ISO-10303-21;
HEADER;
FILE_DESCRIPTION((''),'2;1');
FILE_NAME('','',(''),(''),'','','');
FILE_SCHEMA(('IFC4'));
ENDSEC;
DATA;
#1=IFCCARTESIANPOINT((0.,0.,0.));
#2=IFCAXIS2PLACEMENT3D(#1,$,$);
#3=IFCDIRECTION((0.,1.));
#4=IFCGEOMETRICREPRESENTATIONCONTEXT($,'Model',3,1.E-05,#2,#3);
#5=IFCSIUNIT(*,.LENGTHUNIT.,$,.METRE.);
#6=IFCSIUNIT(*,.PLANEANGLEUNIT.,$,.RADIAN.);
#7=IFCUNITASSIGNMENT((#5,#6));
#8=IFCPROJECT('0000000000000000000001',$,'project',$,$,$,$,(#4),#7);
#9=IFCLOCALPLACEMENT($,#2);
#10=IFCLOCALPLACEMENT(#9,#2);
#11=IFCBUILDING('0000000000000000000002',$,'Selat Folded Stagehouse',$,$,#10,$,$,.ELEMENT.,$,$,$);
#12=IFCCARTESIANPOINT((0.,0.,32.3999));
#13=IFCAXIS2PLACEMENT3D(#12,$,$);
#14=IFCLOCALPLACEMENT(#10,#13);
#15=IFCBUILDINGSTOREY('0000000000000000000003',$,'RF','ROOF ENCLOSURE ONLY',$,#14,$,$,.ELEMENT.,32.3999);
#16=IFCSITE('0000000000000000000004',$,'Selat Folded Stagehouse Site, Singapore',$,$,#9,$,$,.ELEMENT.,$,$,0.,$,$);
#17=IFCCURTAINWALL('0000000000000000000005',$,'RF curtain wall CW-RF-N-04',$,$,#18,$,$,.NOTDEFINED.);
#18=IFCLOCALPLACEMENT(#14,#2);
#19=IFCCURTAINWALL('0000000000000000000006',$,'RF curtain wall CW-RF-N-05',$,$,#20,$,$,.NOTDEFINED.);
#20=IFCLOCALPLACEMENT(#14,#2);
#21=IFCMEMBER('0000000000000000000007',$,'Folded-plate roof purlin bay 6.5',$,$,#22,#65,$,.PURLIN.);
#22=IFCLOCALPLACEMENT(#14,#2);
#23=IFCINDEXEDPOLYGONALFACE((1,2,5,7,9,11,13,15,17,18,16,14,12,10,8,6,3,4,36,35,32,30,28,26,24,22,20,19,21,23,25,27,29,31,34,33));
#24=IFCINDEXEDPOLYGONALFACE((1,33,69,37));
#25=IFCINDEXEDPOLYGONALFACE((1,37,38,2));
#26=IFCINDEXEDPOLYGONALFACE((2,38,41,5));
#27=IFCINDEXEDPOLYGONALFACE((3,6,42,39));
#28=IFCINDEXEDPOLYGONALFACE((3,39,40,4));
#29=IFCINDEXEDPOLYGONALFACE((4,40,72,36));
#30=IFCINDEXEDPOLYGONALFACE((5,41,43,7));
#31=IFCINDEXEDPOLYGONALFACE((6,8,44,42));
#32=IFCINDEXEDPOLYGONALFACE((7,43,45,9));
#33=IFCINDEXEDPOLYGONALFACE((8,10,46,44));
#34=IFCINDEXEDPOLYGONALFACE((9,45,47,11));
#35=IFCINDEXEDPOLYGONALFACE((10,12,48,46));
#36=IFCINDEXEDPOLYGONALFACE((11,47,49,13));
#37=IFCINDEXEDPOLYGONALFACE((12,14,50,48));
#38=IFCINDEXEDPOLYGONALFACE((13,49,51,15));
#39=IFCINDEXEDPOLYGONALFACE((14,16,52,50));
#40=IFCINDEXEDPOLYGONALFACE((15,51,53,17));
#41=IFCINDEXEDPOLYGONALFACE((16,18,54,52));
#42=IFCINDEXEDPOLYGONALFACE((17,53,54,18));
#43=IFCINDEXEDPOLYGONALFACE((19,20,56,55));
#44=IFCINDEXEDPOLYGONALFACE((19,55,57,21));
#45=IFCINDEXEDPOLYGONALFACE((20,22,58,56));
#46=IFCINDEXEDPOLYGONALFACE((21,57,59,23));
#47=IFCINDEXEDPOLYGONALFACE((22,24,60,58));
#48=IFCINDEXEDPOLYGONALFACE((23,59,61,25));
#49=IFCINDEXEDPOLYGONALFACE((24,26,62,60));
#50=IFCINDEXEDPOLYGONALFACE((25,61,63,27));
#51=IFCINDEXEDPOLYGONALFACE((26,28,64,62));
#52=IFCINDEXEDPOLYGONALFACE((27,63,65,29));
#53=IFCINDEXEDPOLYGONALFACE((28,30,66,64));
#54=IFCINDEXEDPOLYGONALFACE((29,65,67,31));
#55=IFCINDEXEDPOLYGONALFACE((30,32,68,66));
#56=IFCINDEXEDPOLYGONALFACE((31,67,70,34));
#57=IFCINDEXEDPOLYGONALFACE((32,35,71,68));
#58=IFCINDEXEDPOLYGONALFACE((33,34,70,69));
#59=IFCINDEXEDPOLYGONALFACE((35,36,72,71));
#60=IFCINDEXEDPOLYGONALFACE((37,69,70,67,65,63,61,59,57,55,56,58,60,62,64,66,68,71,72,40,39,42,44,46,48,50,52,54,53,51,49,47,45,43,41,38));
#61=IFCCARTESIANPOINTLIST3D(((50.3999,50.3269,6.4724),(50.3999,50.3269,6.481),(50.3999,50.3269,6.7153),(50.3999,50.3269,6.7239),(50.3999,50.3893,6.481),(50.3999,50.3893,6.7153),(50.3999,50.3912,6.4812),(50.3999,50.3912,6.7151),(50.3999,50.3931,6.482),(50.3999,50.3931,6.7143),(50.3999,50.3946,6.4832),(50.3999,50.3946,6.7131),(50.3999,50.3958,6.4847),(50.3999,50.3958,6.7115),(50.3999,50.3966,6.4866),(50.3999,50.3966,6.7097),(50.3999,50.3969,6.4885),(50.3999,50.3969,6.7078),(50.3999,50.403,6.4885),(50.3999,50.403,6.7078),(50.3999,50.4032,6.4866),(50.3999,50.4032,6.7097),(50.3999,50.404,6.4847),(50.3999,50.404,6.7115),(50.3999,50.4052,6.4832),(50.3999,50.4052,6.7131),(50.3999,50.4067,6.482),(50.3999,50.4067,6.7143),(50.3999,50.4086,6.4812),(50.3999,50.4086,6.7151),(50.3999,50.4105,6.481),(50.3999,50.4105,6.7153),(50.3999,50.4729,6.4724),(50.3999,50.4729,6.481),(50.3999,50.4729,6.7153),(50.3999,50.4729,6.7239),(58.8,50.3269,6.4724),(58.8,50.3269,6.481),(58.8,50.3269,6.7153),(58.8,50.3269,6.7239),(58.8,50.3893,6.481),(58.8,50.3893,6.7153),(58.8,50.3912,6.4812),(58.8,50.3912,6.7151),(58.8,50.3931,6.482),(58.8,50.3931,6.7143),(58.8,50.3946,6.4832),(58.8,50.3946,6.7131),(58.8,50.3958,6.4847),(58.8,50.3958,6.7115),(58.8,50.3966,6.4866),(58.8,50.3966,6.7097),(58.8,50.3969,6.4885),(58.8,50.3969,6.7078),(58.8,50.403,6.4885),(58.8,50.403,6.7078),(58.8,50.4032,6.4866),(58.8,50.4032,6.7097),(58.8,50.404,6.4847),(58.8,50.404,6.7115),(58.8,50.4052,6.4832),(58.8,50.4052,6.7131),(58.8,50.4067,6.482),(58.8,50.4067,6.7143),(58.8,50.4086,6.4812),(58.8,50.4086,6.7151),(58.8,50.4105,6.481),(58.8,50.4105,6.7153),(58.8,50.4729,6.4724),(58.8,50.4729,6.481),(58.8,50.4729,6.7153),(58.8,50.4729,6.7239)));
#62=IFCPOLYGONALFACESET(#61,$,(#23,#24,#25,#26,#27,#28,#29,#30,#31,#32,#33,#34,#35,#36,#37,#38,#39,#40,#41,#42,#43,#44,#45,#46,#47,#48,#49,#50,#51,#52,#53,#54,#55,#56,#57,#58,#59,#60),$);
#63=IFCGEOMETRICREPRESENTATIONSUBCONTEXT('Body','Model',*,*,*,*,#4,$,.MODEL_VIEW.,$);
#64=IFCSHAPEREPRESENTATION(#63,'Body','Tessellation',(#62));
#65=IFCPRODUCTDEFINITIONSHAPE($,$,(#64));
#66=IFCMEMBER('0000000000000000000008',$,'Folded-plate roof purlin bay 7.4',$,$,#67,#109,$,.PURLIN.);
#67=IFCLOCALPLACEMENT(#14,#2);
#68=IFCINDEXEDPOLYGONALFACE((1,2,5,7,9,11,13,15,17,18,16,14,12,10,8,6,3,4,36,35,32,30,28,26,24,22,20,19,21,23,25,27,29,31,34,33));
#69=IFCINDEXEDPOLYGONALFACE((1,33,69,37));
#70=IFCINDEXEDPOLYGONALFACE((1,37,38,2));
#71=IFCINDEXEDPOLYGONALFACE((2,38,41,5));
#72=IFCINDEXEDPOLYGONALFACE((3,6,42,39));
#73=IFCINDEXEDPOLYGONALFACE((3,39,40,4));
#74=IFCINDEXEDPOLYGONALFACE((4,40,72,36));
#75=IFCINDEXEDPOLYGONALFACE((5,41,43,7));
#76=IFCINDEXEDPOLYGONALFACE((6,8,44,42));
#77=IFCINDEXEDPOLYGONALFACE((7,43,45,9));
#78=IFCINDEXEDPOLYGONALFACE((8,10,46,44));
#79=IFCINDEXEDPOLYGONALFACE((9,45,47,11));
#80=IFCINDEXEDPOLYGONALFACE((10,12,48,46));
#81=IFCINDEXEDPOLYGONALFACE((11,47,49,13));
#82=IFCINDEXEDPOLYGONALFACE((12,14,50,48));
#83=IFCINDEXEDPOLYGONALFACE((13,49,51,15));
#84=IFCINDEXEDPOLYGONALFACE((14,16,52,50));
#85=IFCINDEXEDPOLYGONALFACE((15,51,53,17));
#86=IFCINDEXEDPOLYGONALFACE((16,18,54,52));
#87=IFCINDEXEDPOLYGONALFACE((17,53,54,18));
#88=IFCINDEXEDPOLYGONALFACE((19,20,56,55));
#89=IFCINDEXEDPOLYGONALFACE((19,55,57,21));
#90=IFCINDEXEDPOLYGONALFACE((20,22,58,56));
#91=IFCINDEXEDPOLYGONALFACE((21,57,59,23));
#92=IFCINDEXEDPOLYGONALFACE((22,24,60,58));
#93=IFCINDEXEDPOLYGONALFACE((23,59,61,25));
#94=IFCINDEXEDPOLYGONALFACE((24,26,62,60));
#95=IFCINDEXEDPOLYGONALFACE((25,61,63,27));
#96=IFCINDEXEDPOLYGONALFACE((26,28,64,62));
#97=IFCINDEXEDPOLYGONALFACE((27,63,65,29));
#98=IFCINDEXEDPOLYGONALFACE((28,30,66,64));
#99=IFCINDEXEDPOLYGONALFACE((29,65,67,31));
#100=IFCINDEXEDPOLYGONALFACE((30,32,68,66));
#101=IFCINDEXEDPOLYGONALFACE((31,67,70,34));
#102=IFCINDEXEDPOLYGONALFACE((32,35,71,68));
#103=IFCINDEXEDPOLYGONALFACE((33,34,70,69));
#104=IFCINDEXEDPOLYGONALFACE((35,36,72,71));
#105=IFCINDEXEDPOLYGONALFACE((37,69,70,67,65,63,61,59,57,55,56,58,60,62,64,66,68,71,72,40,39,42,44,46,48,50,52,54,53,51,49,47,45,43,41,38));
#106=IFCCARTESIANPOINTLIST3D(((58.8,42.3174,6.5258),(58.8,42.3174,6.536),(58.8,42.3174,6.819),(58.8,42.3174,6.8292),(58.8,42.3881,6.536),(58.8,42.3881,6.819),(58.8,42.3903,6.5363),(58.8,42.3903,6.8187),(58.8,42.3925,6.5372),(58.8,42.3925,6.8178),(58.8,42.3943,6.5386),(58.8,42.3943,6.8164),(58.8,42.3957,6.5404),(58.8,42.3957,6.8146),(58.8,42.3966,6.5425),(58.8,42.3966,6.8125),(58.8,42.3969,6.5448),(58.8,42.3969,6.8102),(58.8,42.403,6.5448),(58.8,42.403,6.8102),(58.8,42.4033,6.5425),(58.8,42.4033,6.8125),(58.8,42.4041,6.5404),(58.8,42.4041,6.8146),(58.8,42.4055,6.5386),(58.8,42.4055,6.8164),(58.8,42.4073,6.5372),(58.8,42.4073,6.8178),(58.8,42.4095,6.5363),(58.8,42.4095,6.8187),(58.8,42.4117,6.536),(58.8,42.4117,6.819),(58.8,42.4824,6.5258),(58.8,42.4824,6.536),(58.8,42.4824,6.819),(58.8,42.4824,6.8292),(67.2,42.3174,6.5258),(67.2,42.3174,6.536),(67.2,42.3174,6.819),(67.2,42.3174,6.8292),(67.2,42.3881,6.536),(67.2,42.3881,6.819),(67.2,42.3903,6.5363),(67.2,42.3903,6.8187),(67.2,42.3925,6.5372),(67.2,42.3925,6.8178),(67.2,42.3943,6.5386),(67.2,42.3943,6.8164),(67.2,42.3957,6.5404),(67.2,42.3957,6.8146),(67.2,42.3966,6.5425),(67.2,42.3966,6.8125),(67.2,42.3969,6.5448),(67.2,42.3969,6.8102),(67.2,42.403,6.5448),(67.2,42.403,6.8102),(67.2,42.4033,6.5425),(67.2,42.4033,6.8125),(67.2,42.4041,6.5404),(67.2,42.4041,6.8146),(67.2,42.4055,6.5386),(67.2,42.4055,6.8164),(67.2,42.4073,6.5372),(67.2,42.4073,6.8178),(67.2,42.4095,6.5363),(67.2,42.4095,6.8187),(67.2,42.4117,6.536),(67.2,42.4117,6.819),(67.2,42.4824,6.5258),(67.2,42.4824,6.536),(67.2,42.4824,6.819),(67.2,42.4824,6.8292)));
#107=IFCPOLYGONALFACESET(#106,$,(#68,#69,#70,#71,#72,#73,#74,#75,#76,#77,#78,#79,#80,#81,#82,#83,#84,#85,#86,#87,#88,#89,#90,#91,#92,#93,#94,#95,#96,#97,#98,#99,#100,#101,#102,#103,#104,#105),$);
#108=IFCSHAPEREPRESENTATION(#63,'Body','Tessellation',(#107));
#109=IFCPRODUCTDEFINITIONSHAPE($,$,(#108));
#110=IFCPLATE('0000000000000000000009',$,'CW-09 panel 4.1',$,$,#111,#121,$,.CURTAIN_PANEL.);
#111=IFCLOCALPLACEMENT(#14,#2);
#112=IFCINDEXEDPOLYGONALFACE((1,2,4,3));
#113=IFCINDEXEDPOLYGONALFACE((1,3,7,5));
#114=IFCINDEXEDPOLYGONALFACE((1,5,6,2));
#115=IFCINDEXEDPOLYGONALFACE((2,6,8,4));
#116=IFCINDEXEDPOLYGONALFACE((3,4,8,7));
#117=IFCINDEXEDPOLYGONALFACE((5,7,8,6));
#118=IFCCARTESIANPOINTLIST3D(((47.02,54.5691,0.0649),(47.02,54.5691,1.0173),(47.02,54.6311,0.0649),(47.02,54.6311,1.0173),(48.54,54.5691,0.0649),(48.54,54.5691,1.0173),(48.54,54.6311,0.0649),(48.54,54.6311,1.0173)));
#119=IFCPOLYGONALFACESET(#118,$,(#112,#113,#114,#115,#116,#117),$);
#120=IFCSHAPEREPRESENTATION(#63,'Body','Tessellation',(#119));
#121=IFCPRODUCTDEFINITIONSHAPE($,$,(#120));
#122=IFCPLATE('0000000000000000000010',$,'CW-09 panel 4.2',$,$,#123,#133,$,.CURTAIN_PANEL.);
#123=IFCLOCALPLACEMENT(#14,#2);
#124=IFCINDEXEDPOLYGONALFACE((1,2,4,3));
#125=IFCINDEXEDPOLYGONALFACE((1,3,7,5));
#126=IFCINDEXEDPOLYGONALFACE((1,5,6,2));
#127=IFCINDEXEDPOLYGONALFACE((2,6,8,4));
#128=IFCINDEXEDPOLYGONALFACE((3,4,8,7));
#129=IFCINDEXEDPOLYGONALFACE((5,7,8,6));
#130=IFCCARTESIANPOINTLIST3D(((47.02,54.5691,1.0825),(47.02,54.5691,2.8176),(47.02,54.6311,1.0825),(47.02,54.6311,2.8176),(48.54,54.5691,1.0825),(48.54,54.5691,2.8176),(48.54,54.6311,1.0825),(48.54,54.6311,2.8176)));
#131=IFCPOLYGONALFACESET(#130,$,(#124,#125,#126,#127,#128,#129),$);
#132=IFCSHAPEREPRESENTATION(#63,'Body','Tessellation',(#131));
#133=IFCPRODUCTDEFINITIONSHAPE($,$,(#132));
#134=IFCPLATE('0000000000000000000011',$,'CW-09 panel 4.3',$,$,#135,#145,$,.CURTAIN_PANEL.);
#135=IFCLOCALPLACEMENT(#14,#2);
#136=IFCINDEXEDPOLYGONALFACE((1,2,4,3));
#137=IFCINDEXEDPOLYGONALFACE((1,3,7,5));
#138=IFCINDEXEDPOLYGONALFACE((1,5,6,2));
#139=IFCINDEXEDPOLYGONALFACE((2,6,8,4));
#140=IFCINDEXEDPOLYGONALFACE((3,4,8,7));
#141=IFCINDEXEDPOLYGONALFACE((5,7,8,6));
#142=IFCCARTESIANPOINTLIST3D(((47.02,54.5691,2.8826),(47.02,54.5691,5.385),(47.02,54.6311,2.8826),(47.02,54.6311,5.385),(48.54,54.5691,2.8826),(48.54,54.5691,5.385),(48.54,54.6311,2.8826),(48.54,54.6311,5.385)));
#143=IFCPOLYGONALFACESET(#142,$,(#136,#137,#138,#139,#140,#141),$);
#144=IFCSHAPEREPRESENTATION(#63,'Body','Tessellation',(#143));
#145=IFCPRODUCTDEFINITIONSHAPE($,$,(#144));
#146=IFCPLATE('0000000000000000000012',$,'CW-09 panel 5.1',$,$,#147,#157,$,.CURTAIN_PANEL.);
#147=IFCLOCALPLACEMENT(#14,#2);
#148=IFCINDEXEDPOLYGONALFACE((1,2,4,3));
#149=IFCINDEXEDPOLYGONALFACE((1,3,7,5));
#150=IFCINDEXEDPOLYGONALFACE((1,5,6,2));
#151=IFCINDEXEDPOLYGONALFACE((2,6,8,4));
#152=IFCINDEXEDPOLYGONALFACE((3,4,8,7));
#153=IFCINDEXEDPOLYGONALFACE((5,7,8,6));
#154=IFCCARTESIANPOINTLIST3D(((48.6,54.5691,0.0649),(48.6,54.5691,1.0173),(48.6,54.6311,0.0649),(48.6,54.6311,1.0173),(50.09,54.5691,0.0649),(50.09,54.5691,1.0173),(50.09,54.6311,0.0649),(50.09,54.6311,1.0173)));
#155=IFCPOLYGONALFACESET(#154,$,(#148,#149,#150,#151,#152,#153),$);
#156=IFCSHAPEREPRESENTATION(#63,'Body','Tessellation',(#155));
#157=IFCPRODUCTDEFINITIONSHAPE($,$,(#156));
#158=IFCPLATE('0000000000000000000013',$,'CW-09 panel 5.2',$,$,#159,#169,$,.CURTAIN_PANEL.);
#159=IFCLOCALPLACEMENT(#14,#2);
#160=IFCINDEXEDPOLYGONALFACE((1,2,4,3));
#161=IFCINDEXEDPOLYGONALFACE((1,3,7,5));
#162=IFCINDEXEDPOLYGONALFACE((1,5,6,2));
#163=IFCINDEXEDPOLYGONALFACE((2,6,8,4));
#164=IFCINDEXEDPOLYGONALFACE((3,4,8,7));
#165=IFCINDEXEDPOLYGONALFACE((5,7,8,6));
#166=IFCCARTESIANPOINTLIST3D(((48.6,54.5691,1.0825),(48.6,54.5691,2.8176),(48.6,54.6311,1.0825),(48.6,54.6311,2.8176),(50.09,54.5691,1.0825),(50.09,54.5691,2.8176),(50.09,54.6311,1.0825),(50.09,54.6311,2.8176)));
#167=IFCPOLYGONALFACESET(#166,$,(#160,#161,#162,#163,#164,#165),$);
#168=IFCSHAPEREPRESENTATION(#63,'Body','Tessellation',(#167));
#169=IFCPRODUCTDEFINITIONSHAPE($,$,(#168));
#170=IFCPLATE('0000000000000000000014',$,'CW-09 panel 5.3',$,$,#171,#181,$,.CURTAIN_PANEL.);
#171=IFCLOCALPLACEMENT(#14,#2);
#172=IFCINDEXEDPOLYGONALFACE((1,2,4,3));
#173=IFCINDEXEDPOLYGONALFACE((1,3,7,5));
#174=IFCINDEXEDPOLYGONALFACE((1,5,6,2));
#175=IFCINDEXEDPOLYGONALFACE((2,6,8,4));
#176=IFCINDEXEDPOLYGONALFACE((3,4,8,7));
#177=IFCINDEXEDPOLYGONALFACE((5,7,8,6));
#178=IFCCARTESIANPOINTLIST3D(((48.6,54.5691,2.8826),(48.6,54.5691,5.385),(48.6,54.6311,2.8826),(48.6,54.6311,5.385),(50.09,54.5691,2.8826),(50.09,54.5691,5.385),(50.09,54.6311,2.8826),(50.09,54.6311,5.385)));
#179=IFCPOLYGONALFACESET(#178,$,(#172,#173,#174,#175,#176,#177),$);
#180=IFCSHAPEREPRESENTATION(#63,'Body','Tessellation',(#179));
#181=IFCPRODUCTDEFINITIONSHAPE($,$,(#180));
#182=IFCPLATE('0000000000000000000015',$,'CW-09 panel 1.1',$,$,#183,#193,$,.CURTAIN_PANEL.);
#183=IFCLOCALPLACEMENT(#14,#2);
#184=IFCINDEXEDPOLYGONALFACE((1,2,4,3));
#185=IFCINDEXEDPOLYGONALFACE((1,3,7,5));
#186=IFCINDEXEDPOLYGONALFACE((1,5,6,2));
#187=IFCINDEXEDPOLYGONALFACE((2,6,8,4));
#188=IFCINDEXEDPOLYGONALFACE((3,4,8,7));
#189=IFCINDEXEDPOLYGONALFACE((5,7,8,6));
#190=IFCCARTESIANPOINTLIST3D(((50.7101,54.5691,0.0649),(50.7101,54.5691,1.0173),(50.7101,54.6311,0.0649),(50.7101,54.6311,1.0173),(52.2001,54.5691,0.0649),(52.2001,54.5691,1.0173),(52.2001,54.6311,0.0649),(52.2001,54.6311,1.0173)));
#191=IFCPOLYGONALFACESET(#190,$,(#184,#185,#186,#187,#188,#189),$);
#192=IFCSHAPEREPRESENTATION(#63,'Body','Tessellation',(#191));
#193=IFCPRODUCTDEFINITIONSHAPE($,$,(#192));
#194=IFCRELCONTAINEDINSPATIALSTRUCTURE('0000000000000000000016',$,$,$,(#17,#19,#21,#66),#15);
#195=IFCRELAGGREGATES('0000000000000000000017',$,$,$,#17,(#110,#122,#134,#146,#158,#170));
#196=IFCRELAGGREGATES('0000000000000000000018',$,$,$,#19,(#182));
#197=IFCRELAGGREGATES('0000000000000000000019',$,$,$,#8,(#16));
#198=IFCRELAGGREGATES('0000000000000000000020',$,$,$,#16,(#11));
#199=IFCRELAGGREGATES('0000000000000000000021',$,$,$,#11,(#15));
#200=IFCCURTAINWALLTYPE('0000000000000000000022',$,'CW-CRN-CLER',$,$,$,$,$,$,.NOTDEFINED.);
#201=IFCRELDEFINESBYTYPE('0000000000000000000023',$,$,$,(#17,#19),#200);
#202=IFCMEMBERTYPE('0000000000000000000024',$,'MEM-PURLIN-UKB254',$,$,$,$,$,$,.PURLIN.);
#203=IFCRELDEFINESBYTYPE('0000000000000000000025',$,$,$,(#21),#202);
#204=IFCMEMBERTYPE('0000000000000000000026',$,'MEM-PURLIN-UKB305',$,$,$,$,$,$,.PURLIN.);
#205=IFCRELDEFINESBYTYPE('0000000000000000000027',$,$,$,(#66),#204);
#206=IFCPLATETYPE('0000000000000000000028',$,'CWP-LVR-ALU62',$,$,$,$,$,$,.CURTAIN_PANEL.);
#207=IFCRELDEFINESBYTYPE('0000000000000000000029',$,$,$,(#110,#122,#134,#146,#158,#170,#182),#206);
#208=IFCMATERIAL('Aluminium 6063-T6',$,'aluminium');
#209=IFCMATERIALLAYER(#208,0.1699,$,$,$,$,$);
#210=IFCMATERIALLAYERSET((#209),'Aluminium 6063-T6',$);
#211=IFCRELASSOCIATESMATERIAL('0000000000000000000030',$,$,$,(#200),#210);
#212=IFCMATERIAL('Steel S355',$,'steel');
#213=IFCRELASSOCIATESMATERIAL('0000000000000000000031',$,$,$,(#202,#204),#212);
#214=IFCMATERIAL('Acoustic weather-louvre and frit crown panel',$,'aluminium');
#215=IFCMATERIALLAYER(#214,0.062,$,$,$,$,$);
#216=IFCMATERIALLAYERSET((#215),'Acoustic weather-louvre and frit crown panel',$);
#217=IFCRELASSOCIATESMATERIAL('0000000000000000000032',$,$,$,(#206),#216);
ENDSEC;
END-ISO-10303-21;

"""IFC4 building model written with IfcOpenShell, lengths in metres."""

from ifc_helpers import new_model, si_unit, direction, frame, origin, origin_2d, place, context, subcontext, project, spatial, rectangle, i_section, extrude, material, layer, layer_set, material_profile, profile_set, type_object, element, aggregate, save


model = new_model("IFC4")

# Units and contexts
model_context = context("Model", 3, precision=1e-05, world=origin(), true_north=direction((0.0, 1.0)))
body_context = subcontext(model_context, "Body", "Model", "MODEL_VIEW")
ifc_project = project(units=[si_unit("LENGTHUNIT", "METRE"), si_unit("PLANEANGLEUNIT", "RADIAN")], contexts=[model_context])

# Site, building, storey
site_placement = place(None, origin())
site = spatial("IfcSite", under=ifc_project, at=site_placement, Name="Selat Folded Stagehouse Site, Singapore", CompositionType="ELEMENT", RefElevation=0.0)
building_placement = place(site_placement, origin())
building = spatial("IfcBuilding", under=site, at=building_placement, Name="Selat Folded Stagehouse", CompositionType="ELEMENT")
storey_placement = place(building_placement, frame((0.0, 0.0, 32.3999)))
storey = spatial("IfcBuildingStorey", under=building, at=storey_placement, Name="RF", Description="ROOF ENCLOSURE ONLY", CompositionType="ELEMENT", Elevation=32.3999)

# Shared definitions
ifc_material_1 = material(Name="Steel S355", Category="steel")

# Curtain wall
ifc_material_2 = material(Name="Aluminium 6063-T6", Category="aluminium")
ifc_layer_1 = layer(ifc_material_2, 0.1699)
ifc_layer_set_1 = layer_set([ifc_layer_1], Name="Aluminium 6063-T6")
curtain_wall_type = type_object("IfcCurtainWallType", Name="CW-CRN-CLER", PredefinedType="NOTDEFINED", material=ifc_layer_set_1)
curtain_wall_1_placement = place(storey_placement, origin())
curtain_wall_1 = element("IfcCurtainWall", 1, at=curtain_wall_1_placement, inside=storey, type_object=curtain_wall_type, Name="RF curtain wall CW-RF-N-04", PredefinedType="NOTDEFINED")

# Curtain wall
curtain_wall_2_placement = place(storey_placement, origin())
curtain_wall_2 = element("IfcCurtainWall", 2, at=curtain_wall_2_placement, inside=storey, type_object=curtain_wall_type, Name="RF curtain wall CW-RF-N-05", PredefinedType="NOTDEFINED")

# Members
ifc_material_profile_1 = material_profile(ifc_material_1, i_section(OverallWidth=0.146, OverallDepth=0.2515, WebThickness=0.0061, FlangeThickness=0.0085, FilletRadius=0.0076, at=origin_2d()), Name="UKB 254x146x31")
ifc_profile_set_1 = profile_set([ifc_material_profile_1], Name="Steel S355")
member_type_1 = type_object("IfcMemberType", Name="MEM-PURLIN-UKB254", PredefinedType="PURLIN", material=ifc_profile_set_1)
for number, where, z_axis, x_axis, name in (
    (3, (50.3999, 50.3999, 6.5981), (1.0, 0.0, 0.0), (0.0, 1.0, 0.0), "Folded-plate roof purlin bay 6.5"),
):
    element("IfcMember", number, at=place(storey_placement, frame(where, z_axis=z_axis, x_axis=x_axis)), inside=storey, type_object=member_type_1, Name=name, PredefinedType="PURLIN", context=body_context, shape_type="SweptSolid", body=[
        extrude(i_section(OverallWidth=0.146, OverallDepth=0.2515, WebThickness=0.0061, FlangeThickness=0.0085, FilletRadius=0.0076, at=origin_2d()), origin(), (0.0, 0.0, 1.0), 8.4001),
    ])
ifc_material_profile_2 = material_profile(ifc_material_1, i_section(OverallWidth=0.165, OverallDepth=0.3035, WebThickness=0.0061, FlangeThickness=0.0103, FilletRadius=0.0088, at=origin_2d()), Name="UKB 305x165x40")
ifc_profile_set_2 = profile_set([ifc_material_profile_2], Name="Steel S355")
member_type_2 = type_object("IfcMemberType", Name="MEM-PURLIN-UKB305", PredefinedType="PURLIN", material=ifc_profile_set_2)
member_1_placement = place(storey_placement, frame((58.8, 42.3999, 6.6775), z_axis=(1.0, 0.0, 0.0), x_axis=(0.0, 1.0, 0.0)))
element("IfcMember", 4, at=member_1_placement, inside=storey, type_object=member_type_2, Name="Folded-plate roof purlin bay 7.4", PredefinedType="PURLIN", context=body_context, shape_type="SweptSolid", body=[
    extrude(i_section(OverallWidth=0.165, OverallDepth=0.3035, WebThickness=0.0061, FlangeThickness=0.0103, FilletRadius=0.0088, at=origin_2d()), origin(), (0.0, 0.0, 1.0), 8.3999),
])

# Plates
ifc_material_3 = material(Name="Acoustic weather-louvre and frit crown panel", Category="aluminium")
ifc_layer_2 = layer(ifc_material_3, 0.062)
ifc_layer_set_2 = layer_set([ifc_layer_2], Name="Acoustic weather-louvre and frit crown panel")
plate_type_1 = type_object("IfcPlateType", Name="CWP-LVR-ALU62", PredefinedType="CURTAIN_PANEL", material=ifc_layer_set_2)
plate_1_placement = place(storey_placement, frame((47.78, 54.6001, 0.0649), z_axis=(0.0, 0.0, 1.0), x_axis=(1.0, 0.0, 0.0)))
plate_1 = element("IfcPlate", 5, at=plate_1_placement, type_object=plate_type_1, Name="CW-09 panel 4.1", PredefinedType="CURTAIN_PANEL", context=body_context, shape_type="SweptSolid", body=[
    extrude(rectangle(XDim=1.52, YDim=0.062, at=origin_2d()), origin(), (0.0, 0.0, 1.0), 0.9524),
])
plate_2_placement = place(storey_placement, frame((47.78, 54.6001, 1.0825), z_axis=(0.0, 0.0, 1.0), x_axis=(1.0, 0.0, 0.0)))
plate_2 = element("IfcPlate", 6, at=plate_2_placement, type_object=plate_type_1, Name="CW-09 panel 4.2", PredefinedType="CURTAIN_PANEL", context=body_context, shape_type="SweptSolid", body=[
    extrude(rectangle(XDim=1.52, YDim=0.062, at=origin_2d()), origin(), (0.0, 0.0, 1.0), 1.7351),
])
plate_3_placement = place(storey_placement, frame((47.78, 54.6001, 2.8826), z_axis=(0.0, 0.0, 1.0), x_axis=(1.0, 0.0, 0.0)))
plate_3 = element("IfcPlate", 7, at=plate_3_placement, type_object=plate_type_1, Name="CW-09 panel 4.3", PredefinedType="CURTAIN_PANEL", context=body_context, shape_type="SweptSolid", body=[
    extrude(rectangle(XDim=1.52, YDim=0.062, at=origin_2d()), origin(), (0.0, 0.0, 1.0), 2.5024),
])
plate_4_placement = place(storey_placement, frame((49.345, 54.6001, 0.0649), z_axis=(0.0, 0.0, 1.0), x_axis=(1.0, 0.0, 0.0)))
plate_4 = element("IfcPlate", 8, at=plate_4_placement, type_object=plate_type_1, Name="CW-09 panel 5.1", PredefinedType="CURTAIN_PANEL", context=body_context, shape_type="SweptSolid", body=[
    extrude(rectangle(XDim=1.49, YDim=0.062, at=origin_2d()), origin(), (0.0, 0.0, 1.0), 0.9524),
])
plate_5_placement = place(storey_placement, frame((49.345, 54.6001, 1.0825), z_axis=(0.0, 0.0, 1.0), x_axis=(1.0, 0.0, 0.0)))
plate_5 = element("IfcPlate", 9, at=plate_5_placement, type_object=plate_type_1, Name="CW-09 panel 5.2", PredefinedType="CURTAIN_PANEL", context=body_context, shape_type="SweptSolid", body=[
    extrude(rectangle(XDim=1.49, YDim=0.062, at=origin_2d()), origin(), (0.0, 0.0, 1.0), 1.7351),
])
plate_6_placement = place(storey_placement, frame((49.345, 54.6001, 2.8826), z_axis=(0.0, 0.0, 1.0), x_axis=(1.0, 0.0, 0.0)))
plate_6 = element("IfcPlate", 10, at=plate_6_placement, type_object=plate_type_1, Name="CW-09 panel 5.3", PredefinedType="CURTAIN_PANEL", context=body_context, shape_type="SweptSolid", body=[
    extrude(rectangle(XDim=1.49, YDim=0.062, at=origin_2d()), origin(), (0.0, 0.0, 1.0), 2.5024),
])
aggregate(curtain_wall_1, [plate_1, plate_2, plate_3, plate_4, plate_5, plate_6])
plate_7_placement = place(storey_placement, frame((51.4551, 54.6001, 0.0649), z_axis=(0.0, 0.0, 1.0), x_axis=(1.0, 0.0, 0.0)))
plate_7 = element("IfcPlate", 11, at=plate_7_placement, type_object=plate_type_1, Name="CW-09 panel 1.1", PredefinedType="CURTAIN_PANEL", context=body_context, shape_type="SweptSolid", body=[
    extrude(rectangle(XDim=1.49, YDim=0.062, at=origin_2d()), origin(), (0.0, 0.0, 1.0), 0.9524),
])
aggregate(curtain_wall_2, [plate_7])

save(model, "model.ifc")
